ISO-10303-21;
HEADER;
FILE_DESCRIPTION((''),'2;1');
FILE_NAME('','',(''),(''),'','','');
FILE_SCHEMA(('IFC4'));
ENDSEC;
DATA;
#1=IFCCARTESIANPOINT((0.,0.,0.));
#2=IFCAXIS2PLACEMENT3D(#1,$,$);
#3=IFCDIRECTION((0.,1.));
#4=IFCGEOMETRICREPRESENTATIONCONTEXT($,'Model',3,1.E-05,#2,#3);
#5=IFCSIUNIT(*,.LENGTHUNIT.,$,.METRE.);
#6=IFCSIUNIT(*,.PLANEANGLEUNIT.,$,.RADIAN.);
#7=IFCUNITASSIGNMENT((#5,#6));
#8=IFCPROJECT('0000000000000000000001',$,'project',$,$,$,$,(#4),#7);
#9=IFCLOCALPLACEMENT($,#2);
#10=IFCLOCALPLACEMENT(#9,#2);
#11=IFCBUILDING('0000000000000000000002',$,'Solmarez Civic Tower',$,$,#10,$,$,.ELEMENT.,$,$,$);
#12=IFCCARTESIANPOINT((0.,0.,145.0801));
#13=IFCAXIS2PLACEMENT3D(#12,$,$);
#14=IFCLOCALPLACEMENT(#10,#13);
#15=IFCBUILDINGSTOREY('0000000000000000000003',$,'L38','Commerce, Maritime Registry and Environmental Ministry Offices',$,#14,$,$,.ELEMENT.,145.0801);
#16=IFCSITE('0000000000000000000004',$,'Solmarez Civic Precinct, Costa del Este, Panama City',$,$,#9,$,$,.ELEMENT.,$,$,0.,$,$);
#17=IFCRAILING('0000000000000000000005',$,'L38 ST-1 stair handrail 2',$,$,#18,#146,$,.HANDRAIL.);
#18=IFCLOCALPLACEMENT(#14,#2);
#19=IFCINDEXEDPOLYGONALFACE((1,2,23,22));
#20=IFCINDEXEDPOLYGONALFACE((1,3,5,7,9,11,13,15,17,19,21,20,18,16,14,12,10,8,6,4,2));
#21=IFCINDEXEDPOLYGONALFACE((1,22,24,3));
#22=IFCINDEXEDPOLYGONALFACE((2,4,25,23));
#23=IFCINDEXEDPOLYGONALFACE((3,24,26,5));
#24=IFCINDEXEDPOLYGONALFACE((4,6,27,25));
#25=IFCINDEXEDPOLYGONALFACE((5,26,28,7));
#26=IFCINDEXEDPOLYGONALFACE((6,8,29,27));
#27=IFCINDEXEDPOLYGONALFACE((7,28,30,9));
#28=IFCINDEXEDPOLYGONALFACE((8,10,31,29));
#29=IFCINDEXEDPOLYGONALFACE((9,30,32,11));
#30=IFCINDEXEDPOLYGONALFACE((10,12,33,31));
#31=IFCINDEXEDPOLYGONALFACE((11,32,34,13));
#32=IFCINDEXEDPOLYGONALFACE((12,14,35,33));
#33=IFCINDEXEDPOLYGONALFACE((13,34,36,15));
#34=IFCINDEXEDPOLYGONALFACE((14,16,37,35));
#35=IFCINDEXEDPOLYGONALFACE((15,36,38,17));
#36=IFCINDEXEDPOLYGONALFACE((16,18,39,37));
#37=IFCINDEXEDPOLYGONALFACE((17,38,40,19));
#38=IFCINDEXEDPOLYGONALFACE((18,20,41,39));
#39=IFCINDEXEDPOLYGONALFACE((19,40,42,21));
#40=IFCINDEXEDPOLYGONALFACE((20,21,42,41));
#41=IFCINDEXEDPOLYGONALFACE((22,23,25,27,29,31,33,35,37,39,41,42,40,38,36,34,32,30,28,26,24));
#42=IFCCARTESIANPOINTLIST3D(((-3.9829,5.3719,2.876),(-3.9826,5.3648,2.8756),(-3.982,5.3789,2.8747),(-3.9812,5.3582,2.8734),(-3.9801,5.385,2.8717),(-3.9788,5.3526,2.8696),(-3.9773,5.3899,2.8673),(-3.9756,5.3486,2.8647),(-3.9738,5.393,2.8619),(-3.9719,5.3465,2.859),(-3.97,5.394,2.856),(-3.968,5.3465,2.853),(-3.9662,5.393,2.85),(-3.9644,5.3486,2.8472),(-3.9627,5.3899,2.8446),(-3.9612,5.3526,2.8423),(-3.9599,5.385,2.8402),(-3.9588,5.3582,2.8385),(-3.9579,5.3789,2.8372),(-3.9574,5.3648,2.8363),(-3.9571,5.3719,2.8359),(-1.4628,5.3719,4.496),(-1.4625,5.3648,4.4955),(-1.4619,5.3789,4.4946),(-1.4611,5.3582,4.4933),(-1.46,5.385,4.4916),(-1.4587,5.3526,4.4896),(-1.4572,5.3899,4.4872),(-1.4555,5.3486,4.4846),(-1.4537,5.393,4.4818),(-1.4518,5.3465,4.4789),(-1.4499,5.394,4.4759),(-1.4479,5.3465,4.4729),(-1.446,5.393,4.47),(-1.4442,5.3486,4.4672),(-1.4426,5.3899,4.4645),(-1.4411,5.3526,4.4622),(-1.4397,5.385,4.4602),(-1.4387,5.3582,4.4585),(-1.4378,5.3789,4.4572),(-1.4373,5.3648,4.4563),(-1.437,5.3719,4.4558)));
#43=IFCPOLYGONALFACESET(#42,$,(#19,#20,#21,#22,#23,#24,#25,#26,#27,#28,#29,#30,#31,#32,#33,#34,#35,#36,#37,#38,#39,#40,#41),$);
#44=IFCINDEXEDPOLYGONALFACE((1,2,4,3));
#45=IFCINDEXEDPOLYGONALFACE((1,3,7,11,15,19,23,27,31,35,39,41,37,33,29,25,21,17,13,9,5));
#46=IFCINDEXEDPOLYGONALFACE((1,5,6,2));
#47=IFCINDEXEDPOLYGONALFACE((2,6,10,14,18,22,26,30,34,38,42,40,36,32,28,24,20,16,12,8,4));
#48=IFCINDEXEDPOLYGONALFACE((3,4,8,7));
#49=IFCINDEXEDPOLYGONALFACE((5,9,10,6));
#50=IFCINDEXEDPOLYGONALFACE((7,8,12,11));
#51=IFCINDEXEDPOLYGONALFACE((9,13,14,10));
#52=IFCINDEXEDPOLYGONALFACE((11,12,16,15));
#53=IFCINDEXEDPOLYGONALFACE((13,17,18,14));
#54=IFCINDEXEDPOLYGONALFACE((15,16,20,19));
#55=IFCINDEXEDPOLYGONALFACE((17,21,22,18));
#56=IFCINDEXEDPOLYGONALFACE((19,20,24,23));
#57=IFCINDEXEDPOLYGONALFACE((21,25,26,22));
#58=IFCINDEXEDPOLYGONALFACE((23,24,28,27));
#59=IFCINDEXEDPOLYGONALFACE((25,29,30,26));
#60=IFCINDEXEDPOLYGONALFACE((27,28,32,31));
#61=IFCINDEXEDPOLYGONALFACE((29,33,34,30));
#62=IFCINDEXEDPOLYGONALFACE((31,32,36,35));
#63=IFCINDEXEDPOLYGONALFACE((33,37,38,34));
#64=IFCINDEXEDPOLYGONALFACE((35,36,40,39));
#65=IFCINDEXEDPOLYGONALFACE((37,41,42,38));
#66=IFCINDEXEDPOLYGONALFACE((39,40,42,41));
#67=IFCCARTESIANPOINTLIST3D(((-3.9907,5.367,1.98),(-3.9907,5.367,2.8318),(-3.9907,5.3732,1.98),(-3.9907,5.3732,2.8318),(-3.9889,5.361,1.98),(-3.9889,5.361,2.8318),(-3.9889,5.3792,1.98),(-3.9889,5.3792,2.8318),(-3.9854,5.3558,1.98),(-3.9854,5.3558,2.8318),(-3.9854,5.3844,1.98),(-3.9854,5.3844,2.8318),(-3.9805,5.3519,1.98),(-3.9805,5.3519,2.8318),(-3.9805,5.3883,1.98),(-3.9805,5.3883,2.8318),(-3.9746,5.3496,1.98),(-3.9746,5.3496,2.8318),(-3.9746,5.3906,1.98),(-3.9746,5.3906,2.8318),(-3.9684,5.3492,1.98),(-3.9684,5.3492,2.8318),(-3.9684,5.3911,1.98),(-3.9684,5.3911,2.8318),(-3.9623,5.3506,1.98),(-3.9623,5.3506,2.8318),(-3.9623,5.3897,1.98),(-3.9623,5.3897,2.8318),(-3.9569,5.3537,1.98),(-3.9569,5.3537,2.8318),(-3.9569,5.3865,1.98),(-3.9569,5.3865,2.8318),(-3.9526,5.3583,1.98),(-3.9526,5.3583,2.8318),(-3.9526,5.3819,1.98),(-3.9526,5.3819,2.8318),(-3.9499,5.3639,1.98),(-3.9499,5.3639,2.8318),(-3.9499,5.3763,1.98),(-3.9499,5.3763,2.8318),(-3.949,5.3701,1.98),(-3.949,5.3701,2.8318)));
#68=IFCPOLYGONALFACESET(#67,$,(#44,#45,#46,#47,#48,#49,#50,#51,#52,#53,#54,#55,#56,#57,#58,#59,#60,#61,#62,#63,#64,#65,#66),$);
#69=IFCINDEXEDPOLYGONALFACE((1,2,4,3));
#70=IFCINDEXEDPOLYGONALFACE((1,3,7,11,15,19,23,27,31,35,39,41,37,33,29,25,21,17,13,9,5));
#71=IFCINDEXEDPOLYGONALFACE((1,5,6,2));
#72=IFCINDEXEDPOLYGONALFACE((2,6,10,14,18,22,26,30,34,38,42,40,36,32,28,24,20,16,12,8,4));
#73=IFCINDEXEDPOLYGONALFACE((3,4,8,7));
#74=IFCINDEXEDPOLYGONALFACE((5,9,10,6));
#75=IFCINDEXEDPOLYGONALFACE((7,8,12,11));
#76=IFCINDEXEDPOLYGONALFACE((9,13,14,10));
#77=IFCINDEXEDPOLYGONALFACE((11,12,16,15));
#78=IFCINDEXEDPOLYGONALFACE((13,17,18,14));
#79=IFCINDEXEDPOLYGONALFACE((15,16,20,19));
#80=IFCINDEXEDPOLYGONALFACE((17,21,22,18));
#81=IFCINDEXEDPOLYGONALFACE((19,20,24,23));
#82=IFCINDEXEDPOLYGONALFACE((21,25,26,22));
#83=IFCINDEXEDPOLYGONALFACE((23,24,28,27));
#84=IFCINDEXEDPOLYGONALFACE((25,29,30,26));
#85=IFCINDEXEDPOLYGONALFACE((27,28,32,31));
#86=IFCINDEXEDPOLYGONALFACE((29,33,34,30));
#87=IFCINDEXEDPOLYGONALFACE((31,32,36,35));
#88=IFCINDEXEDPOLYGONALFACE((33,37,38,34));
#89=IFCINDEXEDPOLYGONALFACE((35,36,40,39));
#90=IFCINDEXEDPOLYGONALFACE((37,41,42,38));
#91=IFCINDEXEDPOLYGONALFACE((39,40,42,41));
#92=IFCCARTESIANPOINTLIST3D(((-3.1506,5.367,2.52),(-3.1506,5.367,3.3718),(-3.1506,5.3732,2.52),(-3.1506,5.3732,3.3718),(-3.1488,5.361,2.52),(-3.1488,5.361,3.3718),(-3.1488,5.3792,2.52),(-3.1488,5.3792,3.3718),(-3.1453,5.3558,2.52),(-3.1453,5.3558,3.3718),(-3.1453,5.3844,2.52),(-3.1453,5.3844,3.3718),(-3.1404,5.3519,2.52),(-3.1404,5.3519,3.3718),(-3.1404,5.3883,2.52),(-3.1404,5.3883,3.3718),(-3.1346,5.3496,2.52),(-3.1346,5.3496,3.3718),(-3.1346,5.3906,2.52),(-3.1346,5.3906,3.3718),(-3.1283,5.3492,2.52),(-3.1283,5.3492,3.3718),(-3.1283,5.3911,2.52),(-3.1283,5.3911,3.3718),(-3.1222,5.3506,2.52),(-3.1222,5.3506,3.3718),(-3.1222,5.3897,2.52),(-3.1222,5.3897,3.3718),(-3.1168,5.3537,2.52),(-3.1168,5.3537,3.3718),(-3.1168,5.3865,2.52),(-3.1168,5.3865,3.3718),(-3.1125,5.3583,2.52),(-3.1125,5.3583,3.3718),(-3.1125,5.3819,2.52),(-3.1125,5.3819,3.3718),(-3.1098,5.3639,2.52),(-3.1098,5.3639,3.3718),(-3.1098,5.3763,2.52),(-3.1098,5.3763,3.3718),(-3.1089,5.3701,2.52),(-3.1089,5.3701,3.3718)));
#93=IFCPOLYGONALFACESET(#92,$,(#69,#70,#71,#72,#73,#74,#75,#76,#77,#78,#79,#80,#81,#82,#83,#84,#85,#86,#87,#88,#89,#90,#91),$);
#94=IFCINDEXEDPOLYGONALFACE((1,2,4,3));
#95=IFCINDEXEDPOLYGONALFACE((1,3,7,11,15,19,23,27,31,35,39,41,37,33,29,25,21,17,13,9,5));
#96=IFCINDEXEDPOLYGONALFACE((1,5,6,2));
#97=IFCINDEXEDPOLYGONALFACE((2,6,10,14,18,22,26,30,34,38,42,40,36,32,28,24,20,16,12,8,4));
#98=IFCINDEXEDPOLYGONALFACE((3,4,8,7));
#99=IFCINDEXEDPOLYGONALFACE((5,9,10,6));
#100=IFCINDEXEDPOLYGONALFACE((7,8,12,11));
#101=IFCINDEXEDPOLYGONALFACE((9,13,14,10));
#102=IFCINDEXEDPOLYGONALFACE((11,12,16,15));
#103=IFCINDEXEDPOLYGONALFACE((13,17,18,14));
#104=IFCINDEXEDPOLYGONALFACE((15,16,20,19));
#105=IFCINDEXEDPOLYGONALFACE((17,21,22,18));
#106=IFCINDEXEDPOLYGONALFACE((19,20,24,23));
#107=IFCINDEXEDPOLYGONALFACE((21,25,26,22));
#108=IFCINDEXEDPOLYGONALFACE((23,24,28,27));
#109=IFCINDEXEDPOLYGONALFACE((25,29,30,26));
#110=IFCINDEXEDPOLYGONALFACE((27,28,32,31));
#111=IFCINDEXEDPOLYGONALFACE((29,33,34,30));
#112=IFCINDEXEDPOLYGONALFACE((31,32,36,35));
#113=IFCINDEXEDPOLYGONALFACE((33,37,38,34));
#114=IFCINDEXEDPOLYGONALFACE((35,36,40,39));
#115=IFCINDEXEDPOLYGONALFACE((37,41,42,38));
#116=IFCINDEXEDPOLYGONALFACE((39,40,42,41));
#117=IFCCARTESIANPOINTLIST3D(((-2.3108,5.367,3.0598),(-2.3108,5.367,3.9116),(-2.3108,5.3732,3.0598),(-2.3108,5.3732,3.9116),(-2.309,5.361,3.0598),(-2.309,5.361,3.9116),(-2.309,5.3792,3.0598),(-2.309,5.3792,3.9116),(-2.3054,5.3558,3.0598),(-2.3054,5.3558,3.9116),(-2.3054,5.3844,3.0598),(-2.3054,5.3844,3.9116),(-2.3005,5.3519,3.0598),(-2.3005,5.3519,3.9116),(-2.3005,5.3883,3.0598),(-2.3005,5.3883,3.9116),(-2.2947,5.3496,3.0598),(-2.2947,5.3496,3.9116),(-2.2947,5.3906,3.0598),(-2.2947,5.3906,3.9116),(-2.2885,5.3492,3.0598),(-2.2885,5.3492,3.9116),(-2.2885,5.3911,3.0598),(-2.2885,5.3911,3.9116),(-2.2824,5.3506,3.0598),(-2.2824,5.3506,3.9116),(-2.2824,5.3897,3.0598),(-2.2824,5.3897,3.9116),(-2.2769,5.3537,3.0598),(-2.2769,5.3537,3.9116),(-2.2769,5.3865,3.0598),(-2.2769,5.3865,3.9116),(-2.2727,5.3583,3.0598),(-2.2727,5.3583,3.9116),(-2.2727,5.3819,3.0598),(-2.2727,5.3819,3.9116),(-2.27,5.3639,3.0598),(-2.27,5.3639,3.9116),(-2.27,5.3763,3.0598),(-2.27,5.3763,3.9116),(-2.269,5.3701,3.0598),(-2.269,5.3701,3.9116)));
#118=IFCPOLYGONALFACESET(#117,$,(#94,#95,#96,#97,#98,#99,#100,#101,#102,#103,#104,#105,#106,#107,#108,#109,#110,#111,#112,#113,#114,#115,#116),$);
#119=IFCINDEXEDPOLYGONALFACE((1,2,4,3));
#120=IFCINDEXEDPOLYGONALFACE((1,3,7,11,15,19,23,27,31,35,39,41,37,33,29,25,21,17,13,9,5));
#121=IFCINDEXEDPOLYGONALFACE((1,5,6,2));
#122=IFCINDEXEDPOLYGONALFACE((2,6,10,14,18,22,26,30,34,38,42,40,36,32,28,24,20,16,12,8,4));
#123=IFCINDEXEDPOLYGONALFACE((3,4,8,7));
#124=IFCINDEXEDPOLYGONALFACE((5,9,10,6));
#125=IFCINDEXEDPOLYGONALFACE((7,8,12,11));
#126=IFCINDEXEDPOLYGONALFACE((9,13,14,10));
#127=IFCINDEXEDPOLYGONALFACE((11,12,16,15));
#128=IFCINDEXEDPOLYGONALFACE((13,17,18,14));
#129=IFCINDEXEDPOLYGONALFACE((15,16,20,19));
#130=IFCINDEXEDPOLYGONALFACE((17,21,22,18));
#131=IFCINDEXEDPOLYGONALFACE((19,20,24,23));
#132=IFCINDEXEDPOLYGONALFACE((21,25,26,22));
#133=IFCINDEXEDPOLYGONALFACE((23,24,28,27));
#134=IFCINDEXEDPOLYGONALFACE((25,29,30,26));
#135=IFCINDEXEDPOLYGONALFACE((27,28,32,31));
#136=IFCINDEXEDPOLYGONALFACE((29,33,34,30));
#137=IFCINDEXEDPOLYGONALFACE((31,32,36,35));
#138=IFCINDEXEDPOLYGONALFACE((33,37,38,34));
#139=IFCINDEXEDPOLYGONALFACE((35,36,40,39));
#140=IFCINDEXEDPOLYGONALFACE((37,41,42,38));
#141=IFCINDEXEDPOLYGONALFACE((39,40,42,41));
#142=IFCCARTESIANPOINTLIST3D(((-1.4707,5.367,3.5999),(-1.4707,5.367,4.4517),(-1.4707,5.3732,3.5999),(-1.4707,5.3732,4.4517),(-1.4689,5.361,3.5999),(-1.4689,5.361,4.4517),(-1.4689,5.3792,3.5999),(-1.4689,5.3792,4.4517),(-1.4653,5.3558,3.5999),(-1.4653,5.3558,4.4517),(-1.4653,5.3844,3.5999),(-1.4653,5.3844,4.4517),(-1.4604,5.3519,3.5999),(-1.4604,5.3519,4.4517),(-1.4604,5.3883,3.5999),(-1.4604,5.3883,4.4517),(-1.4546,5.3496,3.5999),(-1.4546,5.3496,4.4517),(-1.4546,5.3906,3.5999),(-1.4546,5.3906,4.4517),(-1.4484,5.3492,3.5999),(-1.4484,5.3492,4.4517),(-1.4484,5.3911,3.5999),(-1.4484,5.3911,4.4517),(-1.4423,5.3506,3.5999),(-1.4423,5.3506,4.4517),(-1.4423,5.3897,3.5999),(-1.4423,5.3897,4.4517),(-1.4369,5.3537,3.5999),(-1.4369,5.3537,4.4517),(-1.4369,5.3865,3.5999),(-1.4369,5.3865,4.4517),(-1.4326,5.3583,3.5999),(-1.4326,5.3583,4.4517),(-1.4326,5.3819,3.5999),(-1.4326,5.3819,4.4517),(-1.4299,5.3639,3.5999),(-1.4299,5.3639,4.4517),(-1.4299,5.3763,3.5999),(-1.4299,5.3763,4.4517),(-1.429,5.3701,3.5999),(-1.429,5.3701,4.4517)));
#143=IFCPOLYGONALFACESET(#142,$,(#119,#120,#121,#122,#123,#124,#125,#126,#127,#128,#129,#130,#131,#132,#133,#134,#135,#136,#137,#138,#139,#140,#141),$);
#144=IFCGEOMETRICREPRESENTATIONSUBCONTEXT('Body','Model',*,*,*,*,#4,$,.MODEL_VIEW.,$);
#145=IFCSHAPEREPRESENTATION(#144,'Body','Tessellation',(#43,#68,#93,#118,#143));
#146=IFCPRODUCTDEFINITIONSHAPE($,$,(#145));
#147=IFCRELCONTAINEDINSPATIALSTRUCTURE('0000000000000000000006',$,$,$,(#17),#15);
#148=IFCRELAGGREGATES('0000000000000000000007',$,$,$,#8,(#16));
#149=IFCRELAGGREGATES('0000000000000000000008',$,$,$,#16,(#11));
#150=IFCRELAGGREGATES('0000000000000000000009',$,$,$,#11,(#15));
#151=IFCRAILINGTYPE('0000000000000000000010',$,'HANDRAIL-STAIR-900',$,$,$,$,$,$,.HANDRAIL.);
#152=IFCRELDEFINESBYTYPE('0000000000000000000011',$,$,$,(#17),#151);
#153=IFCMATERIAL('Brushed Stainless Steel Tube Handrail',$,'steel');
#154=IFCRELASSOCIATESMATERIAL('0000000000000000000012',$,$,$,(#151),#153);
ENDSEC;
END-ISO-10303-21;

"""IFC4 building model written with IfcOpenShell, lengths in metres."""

from ifc_helpers import new_model, si_unit, direction, frame, origin, origin_2d, place, context, subcontext, project, spatial, circle, extrude, material, type_object, element, save


model = new_model("IFC4")

# Units and contexts
model_context = context("Model", 3, precision=1e-05, world=origin(), true_north=direction((0.0, 1.0)))
body_context = subcontext(model_context, "Body", "Model", "MODEL_VIEW")
ifc_project = project(units=[si_unit("LENGTHUNIT", "METRE"), si_unit("PLANEANGLEUNIT", "RADIAN")], contexts=[model_context])

# Site, building, storey
site_placement = place(None, origin())
site = spatial("IfcSite", under=ifc_project, at=site_placement, Name="Solmarez Civic Precinct, Costa del Este, Panama City", CompositionType="ELEMENT", RefElevation=0.0)
building_placement = place(site_placement, origin())
building = spatial("IfcBuilding", under=site, at=building_placement, Name="Solmarez Civic Tower", CompositionType="ELEMENT")
storey_placement = place(building_placement, frame((0.0, 0.0, 145.0801)))
storey = spatial("IfcBuildingStorey", under=building, at=storey_placement, Name="L38", Description="Commerce, Maritime Registry and Environmental Ministry Offices", CompositionType="ELEMENT", Elevation=145.0801)

# Railing
ifc_material_1 = material(Name="Brushed Stainless Steel Tube Handrail", Category="steel")
railing_type_1 = type_object("IfcRailingType", Name="HANDRAIL-STAIR-900", PredefinedType="HANDRAIL", material=ifc_material_1)
railing_1_placement = place(storey_placement, frame((-3.97, 5.3701, 1.98)))
element("IfcRailing", 1, at=railing_1_placement, inside=storey, type_object=railing_type_1, Name="L38 ST-1 stair handrail 2", PredefinedType="HANDRAIL", context=body_context, shape_type="SweptSolid", body=[
    extrude(circle(Radius=0.0239, at=origin_2d()), frame((0.0, 0.0, 0.876), z_axis=(0.8412, 0.0, 0.540725), x_axis=(0.0, 1.0, 0.0)), (0.0, 0.0, 1.0), 2.9958),
    extrude(circle(Radius=0.021, at=origin_2d()), origin(), (0.0, 0.0, 1.0), 0.8518),
    extrude(circle(Radius=0.021, at=origin_2d()), frame((0.8401, 0.0, 0.54)), (0.0, 0.0, 1.0), 0.8518),
    extrude(circle(Radius=0.021, at=origin_2d()), frame((1.6799, 0.0, 1.0798)), (0.0, 0.0, 1.0), 0.8518),
    extrude(circle(Radius=0.021, at=origin_2d()), frame((2.52, 0.0, 1.6199)), (0.0, 0.0, 1.0), 0.8518),
])

save(model, "model.ifc")
